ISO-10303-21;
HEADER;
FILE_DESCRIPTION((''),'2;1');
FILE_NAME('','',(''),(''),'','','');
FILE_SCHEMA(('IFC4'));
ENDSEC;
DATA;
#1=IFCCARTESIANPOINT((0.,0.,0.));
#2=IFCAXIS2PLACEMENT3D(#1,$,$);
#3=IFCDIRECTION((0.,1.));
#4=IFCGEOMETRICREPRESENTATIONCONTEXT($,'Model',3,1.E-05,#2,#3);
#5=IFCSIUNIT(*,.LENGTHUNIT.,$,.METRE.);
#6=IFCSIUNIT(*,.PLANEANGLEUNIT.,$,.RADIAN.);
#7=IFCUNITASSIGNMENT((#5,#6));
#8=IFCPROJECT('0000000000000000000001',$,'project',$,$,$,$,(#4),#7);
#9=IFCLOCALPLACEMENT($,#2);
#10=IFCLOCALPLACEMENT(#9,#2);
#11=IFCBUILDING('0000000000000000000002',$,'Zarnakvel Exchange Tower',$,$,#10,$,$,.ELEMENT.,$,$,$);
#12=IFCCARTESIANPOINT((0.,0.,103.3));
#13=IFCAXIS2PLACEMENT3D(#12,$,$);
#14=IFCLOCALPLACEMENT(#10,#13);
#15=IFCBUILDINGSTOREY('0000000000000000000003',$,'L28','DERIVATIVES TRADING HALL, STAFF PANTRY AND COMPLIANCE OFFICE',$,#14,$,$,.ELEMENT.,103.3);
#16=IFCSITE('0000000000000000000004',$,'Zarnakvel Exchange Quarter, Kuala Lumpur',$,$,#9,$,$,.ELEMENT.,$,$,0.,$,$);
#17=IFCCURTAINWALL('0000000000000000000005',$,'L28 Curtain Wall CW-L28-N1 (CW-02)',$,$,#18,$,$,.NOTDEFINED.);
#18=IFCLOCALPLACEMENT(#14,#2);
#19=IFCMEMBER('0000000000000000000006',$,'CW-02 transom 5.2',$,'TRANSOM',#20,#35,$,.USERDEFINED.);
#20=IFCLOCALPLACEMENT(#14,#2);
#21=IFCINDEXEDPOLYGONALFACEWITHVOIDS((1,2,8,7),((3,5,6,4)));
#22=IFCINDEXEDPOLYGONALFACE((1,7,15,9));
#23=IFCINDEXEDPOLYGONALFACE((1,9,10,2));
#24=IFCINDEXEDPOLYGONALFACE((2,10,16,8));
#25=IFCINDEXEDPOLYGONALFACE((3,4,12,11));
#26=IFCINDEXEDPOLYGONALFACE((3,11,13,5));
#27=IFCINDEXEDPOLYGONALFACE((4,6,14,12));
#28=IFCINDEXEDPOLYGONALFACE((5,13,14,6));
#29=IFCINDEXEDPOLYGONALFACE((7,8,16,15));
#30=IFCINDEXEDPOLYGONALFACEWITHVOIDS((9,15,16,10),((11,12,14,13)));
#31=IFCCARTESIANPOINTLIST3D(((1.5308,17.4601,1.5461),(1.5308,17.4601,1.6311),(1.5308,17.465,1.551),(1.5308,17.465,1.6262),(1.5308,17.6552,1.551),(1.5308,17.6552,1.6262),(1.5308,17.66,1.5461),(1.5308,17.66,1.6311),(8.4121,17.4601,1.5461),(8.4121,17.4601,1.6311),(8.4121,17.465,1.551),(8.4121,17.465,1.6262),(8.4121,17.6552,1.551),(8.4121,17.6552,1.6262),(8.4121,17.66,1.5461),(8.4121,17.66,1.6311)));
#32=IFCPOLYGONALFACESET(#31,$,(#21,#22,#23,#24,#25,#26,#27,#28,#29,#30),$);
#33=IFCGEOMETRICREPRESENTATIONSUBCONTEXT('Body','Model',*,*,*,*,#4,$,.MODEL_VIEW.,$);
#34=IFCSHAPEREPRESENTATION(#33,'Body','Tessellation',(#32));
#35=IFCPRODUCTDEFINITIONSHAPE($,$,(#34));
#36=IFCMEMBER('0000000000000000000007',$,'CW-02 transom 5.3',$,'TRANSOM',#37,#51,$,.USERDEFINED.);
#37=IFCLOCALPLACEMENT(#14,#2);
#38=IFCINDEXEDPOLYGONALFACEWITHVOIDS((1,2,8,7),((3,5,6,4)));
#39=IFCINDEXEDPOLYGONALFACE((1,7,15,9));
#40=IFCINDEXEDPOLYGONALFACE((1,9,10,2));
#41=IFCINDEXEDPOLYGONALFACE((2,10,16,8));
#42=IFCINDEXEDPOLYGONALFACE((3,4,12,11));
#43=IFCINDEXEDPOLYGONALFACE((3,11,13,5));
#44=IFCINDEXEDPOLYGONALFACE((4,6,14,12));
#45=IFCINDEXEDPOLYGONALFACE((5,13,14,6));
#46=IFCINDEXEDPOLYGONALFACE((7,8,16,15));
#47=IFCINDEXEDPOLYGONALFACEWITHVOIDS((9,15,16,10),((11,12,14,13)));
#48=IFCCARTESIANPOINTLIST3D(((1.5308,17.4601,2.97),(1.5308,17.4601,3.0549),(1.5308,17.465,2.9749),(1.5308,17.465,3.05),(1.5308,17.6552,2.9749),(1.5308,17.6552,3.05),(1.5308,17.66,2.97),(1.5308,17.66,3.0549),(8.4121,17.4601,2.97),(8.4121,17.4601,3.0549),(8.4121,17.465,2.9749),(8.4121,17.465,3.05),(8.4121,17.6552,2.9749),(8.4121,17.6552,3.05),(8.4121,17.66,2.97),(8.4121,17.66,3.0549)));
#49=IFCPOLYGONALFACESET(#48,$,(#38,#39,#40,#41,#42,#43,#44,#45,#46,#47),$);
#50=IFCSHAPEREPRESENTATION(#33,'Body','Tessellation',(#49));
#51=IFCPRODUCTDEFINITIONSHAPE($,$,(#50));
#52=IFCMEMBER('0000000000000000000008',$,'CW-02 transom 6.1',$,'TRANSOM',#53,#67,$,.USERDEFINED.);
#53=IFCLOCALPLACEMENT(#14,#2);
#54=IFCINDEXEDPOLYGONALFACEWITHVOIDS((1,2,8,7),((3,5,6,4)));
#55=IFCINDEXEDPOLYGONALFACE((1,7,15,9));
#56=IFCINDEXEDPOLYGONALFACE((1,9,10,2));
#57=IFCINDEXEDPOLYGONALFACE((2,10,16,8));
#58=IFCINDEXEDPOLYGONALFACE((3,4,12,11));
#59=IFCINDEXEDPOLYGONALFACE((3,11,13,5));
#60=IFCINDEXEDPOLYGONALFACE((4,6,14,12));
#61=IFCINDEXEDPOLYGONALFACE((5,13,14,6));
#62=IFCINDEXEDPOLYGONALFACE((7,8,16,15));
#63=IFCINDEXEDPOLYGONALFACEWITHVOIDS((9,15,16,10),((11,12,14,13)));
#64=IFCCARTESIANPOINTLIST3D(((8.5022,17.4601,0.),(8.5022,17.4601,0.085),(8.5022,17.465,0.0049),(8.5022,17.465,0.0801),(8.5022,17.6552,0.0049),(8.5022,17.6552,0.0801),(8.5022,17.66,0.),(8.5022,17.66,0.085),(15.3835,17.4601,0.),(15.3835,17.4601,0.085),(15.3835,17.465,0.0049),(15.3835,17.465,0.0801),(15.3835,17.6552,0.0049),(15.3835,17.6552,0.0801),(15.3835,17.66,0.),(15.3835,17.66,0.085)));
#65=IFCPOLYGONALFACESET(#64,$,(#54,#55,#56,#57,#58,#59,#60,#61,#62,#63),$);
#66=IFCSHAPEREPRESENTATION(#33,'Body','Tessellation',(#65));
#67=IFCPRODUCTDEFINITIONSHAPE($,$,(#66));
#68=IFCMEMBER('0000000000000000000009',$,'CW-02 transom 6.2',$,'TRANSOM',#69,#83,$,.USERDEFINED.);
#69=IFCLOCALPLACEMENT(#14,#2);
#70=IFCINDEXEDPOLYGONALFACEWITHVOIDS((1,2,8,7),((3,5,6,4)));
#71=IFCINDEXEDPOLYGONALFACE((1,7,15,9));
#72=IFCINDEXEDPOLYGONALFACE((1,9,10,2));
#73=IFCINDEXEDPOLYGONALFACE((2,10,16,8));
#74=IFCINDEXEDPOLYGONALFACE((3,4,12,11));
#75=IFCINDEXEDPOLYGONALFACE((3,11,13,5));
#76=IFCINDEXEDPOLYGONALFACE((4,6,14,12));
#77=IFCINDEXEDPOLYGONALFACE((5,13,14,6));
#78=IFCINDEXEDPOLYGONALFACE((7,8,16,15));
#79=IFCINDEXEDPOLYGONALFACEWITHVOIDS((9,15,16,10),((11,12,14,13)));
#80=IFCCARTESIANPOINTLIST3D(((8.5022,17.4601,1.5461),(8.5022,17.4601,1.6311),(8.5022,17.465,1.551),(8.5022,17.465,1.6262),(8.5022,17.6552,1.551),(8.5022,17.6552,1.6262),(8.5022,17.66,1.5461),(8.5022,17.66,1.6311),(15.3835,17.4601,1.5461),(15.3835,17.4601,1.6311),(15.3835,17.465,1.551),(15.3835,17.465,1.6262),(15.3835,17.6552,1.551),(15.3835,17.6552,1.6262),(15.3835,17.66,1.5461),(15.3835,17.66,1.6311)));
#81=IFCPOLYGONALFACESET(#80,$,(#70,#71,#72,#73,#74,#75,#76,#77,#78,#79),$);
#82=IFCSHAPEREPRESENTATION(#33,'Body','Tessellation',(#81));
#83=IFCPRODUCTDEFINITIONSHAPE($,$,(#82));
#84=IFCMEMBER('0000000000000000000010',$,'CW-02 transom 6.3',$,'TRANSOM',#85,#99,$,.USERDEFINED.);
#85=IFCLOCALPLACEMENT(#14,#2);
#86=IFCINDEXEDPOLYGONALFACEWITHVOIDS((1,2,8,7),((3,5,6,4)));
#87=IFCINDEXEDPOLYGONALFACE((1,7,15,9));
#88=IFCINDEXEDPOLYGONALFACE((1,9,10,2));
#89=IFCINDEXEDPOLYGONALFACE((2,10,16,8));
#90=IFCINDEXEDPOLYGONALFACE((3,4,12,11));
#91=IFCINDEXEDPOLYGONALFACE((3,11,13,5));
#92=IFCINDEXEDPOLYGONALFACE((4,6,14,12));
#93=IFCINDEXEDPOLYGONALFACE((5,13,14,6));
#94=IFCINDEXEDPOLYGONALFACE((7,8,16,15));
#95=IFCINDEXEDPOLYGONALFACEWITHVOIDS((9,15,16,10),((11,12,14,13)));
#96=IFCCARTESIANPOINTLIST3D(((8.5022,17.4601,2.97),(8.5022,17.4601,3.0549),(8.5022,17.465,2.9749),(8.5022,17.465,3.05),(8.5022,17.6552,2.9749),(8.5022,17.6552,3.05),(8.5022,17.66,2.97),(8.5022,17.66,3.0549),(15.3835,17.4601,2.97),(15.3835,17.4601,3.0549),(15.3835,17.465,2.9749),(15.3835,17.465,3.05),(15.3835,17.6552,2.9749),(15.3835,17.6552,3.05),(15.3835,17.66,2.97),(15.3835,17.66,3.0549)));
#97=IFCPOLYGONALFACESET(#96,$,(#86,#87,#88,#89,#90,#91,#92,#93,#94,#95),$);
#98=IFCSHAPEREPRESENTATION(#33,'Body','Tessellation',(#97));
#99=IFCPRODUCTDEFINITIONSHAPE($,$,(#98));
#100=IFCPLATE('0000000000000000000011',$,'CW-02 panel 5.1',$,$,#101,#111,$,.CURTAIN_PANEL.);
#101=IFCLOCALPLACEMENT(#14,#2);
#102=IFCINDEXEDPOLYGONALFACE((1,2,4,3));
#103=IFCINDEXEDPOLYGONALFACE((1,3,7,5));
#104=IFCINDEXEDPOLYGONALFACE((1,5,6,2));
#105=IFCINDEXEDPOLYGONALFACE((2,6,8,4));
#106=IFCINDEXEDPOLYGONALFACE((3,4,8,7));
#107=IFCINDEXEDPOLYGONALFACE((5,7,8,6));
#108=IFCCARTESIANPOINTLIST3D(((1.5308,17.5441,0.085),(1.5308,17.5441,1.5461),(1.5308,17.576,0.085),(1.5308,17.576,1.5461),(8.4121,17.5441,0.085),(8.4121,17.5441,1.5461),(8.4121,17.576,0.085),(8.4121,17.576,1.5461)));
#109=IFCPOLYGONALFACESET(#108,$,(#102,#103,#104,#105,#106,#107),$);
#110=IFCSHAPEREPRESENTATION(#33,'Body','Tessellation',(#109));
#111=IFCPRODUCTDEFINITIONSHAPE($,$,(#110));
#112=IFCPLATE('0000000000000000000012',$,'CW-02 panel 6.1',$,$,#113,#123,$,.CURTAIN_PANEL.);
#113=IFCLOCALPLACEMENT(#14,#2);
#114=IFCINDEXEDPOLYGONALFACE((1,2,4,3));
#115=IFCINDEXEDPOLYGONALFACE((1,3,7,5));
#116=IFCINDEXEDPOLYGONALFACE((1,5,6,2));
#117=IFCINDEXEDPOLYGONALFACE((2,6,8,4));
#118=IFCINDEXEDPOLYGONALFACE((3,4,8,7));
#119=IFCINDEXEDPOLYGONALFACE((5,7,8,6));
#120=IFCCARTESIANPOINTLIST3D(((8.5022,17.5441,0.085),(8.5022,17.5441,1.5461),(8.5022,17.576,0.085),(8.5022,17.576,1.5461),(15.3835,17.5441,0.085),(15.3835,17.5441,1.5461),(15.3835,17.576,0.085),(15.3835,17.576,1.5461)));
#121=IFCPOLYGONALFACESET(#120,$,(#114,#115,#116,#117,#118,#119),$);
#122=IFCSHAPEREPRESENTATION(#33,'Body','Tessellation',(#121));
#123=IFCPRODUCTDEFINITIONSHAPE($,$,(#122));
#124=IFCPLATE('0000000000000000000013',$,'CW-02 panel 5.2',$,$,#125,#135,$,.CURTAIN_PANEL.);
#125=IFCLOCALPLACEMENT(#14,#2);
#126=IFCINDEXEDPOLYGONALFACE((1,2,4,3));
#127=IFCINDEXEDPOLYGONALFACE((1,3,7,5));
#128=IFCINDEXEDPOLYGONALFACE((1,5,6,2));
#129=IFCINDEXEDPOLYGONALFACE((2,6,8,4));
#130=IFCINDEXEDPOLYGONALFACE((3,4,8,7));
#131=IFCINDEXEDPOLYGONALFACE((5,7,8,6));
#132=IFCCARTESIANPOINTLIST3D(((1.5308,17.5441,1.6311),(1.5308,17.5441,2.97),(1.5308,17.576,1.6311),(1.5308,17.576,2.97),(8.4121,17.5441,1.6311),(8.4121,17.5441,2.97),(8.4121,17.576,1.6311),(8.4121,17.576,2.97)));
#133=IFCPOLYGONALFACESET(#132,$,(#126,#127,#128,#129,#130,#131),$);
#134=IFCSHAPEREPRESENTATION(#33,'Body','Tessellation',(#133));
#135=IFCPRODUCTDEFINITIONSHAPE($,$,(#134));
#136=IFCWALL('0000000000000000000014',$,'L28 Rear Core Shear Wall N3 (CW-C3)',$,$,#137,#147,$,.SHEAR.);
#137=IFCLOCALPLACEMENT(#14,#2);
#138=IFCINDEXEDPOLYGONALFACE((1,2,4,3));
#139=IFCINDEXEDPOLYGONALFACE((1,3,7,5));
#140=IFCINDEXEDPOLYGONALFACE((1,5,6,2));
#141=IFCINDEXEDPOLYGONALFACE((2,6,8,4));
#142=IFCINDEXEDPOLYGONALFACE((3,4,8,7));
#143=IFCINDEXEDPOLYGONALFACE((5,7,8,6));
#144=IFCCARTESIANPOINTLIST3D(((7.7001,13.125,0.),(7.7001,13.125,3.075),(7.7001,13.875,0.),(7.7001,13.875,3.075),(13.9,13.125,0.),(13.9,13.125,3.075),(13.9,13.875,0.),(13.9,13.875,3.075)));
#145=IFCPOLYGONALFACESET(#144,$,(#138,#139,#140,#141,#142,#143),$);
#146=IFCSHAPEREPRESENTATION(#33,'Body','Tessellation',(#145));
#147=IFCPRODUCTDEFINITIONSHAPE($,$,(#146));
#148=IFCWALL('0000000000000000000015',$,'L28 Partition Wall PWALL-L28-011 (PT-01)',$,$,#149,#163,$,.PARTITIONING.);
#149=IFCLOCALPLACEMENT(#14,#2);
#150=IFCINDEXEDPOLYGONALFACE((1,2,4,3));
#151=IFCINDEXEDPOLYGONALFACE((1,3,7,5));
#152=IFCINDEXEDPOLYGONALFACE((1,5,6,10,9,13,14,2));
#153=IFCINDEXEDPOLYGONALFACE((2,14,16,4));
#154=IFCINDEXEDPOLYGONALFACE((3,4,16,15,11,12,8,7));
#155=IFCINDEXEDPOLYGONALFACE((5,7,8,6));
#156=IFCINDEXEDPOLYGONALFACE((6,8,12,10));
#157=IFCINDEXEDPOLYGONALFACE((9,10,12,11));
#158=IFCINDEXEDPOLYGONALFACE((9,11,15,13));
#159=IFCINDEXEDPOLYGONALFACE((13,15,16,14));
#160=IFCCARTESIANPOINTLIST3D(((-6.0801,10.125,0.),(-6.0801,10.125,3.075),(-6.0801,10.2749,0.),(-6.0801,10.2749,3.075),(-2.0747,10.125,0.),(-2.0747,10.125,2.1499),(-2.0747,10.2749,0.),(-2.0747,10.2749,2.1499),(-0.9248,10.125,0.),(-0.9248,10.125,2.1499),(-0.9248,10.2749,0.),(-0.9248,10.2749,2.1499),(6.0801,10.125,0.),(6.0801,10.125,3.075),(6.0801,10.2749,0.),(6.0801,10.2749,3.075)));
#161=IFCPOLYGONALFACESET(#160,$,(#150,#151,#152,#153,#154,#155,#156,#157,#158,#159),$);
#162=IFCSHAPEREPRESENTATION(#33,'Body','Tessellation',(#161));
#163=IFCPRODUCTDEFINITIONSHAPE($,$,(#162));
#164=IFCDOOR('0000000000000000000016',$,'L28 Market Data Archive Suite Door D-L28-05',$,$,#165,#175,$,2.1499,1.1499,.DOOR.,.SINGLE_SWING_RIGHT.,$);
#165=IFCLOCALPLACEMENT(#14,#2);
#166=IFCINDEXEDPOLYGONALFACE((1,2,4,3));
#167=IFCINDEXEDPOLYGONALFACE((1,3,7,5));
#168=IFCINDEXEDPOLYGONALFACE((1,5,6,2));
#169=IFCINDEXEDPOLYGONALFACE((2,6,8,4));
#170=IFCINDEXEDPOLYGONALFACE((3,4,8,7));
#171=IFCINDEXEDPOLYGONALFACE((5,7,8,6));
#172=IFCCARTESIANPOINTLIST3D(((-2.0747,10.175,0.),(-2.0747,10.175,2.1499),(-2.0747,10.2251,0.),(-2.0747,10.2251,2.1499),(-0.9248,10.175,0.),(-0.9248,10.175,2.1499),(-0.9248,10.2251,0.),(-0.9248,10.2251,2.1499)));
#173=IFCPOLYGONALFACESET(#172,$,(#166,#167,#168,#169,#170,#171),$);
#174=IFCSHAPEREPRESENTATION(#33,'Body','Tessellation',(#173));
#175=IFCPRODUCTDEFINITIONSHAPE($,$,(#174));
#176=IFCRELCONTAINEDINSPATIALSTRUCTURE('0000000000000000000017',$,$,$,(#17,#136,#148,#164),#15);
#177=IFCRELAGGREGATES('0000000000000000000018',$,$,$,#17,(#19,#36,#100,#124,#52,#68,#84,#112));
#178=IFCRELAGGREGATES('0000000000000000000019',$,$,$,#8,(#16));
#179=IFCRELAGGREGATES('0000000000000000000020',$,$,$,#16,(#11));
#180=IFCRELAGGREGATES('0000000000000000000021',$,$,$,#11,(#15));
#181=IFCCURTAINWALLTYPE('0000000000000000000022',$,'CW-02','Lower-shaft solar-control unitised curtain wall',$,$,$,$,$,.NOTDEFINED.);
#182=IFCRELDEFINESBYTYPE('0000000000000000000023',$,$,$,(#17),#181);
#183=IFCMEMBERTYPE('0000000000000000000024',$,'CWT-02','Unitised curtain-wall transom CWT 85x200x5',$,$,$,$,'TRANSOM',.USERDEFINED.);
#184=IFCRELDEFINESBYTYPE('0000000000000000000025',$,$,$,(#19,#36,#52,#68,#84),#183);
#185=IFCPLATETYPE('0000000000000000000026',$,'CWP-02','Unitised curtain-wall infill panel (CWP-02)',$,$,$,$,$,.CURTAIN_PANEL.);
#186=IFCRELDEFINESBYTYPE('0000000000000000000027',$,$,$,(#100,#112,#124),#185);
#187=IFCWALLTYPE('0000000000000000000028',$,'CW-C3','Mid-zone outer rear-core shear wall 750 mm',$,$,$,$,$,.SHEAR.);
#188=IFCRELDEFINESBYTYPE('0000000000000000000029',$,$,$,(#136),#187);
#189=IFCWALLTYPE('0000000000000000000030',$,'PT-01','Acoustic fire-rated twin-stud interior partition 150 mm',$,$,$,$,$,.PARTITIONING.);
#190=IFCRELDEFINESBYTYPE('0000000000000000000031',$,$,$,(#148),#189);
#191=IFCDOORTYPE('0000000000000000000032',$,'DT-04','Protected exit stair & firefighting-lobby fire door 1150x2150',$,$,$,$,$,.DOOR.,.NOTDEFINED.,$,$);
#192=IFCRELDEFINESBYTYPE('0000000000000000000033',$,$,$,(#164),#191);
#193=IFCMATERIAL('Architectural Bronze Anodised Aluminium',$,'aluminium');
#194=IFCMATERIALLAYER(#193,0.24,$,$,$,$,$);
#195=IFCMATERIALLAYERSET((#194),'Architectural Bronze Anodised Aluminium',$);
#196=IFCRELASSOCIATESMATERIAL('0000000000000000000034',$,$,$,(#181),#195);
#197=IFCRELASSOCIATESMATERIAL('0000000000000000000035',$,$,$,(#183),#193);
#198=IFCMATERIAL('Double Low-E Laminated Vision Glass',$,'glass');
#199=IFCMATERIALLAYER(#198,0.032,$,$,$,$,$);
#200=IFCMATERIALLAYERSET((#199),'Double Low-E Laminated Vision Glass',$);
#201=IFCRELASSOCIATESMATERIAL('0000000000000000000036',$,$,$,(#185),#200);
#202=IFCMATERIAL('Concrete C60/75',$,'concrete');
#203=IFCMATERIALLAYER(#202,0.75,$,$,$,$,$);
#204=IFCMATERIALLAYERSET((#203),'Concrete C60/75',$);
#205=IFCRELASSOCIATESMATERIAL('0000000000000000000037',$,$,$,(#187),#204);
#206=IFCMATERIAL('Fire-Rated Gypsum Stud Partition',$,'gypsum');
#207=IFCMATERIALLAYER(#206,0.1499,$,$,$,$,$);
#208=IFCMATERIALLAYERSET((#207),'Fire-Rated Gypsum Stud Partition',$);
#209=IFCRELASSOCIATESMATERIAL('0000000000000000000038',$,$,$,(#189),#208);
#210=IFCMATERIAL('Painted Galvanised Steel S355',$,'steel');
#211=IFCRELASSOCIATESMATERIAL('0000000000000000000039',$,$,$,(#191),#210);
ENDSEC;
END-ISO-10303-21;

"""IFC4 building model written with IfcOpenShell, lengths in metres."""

from ifc_helpers import new_model, si_unit, direction, frame, frame_2d, origin, origin_2d, place, context, subcontext, project, spatial, rectangle, hollow_rectangle, extrude, source, transform, mapped, material, layer, layer_set, material_profile, profile_set, type_object, element, fill, aggregate, save


model = new_model("IFC4")

# Units and contexts
model_context = context("Model", 3, precision=1e-05, world=origin(), true_north=direction((0.0, 1.0)))
body_context = subcontext(model_context, "Body", "Model", "MODEL_VIEW")
ifc_project = project(units=[si_unit("LENGTHUNIT", "METRE"), si_unit("PLANEANGLEUNIT", "RADIAN")], contexts=[model_context])

# Site, building, storey
site_placement = place(None, origin())
site = spatial("IfcSite", under=ifc_project, at=site_placement, Name="Zarnakvel Exchange Quarter, Kuala Lumpur", CompositionType="ELEMENT", RefElevation=0.0)
building_placement = place(site_placement, origin())
building = spatial("IfcBuilding", under=site, at=building_placement, Name="Zarnakvel Exchange Tower", CompositionType="ELEMENT")
storey_placement = place(building_placement, frame((0.0, 0.0, 103.3)))
storey = spatial("IfcBuildingStorey", under=building, at=storey_placement, Name="L28", Description="DERIVATIVES TRADING HALL, STAFF PANTRY AND COMPLIANCE OFFICE", CompositionType="ELEMENT", Elevation=103.3)

# Shared definitions
ifc_material_1 = material(Name="Concrete C60/75", Category="concrete")

# Curtain wall, members, plates
ifc_material_2 = material(Name="Architectural Bronze Anodised Aluminium", Category="aluminium")
ifc_layer_1 = layer(ifc_material_2, 0.24)
ifc_layer_set_1 = layer_set([ifc_layer_1], Name="Architectural Bronze Anodised Aluminium")
curtain_wall_type = type_object("IfcCurtainWallType", Name="CW-02", Description="Lower-shaft solar-control unitised curtain wall", PredefinedType="NOTDEFINED", material=ifc_layer_set_1)
curtain_wall_placement = place(storey_placement, origin())
curtain_wall = element("IfcCurtainWall", 1, at=curtain_wall_placement, inside=storey, type_object=curtain_wall_type, Name="L28 Curtain Wall CW-L28-N1 (CW-02)", PredefinedType="NOTDEFINED")
ifc_material_profile_1 = material_profile(ifc_material_2, hollow_rectangle(XDim=0.2, YDim=0.085, WallThickness=0.0049, at=origin_2d()))
ifc_profile_set_1 = profile_set([ifc_material_profile_1], Name="Architectural Bronze Anodised Aluminium")
member_type_1 = type_object("IfcMemberType", Name="CWT-02", Description="Unitised curtain-wall transom CWT 85x200x5", ElementType="TRANSOM", PredefinedType="USERDEFINED", material=ifc_profile_set_1)
shared_shape_1 = source(origin(), body_context, "Body", "SweptSolid", [
    extrude(hollow_rectangle(XDim=0.2, YDim=0.085, WallThickness=0.0049, at=origin_2d()), origin(), (0.0, 0.0, 1.0), 6.8813),
])
member_1_placement = place(storey_placement, frame((1.5308, 17.5601, 1.5886), z_axis=(1.0, 0.0, 0.0), x_axis=(0.0, 1.0, 0.0)))
member_1 = element("IfcMember", 2, at=member_1_placement, type_object=member_type_1, Name="CW-02 transom 5.2", ObjectType="TRANSOM", PredefinedType="USERDEFINED", context=body_context, shape_type="MappedRepresentation", body=[
    mapped(shared_shape_1, transform((0.0, 0.0, 0.0), x_axis=(1.0, 0.0, 0.0), y_axis=(0.0, 1.0, 0.0), z_axis=(0.0, 0.0, 1.0), scale=1.0)),
])
member_2_placement = place(storey_placement, frame((1.5308, 17.5601, 3.0125), z_axis=(1.0, 0.0, 0.0), x_axis=(0.0, 1.0, 0.0)))
member_2 = element("IfcMember", 3, at=member_2_placement, type_object=member_type_1, Name="CW-02 transom 5.3", ObjectType="TRANSOM", PredefinedType="USERDEFINED", context=body_context, shape_type="MappedRepresentation", body=[
    mapped(shared_shape_1, transform((0.0, 0.0, 0.0), x_axis=(1.0, 0.0, 0.0), y_axis=(0.0, 1.0, 0.0), z_axis=(0.0, 0.0, 1.0), scale=1.0)),
])
member_3_placement = place(storey_placement, frame((8.5022, 17.5601, 0.0425), z_axis=(1.0, 0.0, 0.0), x_axis=(0.0, 1.0, 0.0)))
member_3 = element("IfcMember", 4, at=member_3_placement, type_object=member_type_1, Name="CW-02 transom 6.1", ObjectType="TRANSOM", PredefinedType="USERDEFINED", context=body_context, shape_type="MappedRepresentation", body=[
    mapped(shared_shape_1, transform((0.0, 0.0, 0.0), x_axis=(1.0, 0.0, 0.0), y_axis=(0.0, 1.0, 0.0), z_axis=(0.0, 0.0, 1.0), scale=1.0)),
])
member_4_placement = place(storey_placement, frame((8.5022, 17.5601, 1.5886), z_axis=(1.0, 0.0, 0.0), x_axis=(0.0, 1.0, 0.0)))
member_4 = element("IfcMember", 5, at=member_4_placement, type_object=member_type_1, Name="CW-02 transom 6.2", ObjectType="TRANSOM", PredefinedType="USERDEFINED", context=body_context, shape_type="MappedRepresentation", body=[
    mapped(shared_shape_1, transform((0.0, 0.0, 0.0), x_axis=(1.0, 0.0, 0.0), y_axis=(0.0, 1.0, 0.0), z_axis=(0.0, 0.0, 1.0), scale=1.0)),
])
member_5_placement = place(storey_placement, frame((8.5022, 17.5601, 3.0125), z_axis=(1.0, 0.0, 0.0), x_axis=(0.0, 1.0, 0.0)))
member_5 = element("IfcMember", 6, at=member_5_placement, type_object=member_type_1, Name="CW-02 transom 6.3", ObjectType="TRANSOM", PredefinedType="USERDEFINED", context=body_context, shape_type="MappedRepresentation", body=[
    mapped(shared_shape_1, transform((0.0, 0.0, 0.0), x_axis=(1.0, 0.0, 0.0), y_axis=(0.0, 1.0, 0.0), z_axis=(0.0, 0.0, 1.0), scale=1.0)),
])
ifc_material_3 = material(Name="Double Low-E Laminated Vision Glass", Category="glass")
ifc_layer_2 = layer(ifc_material_3, 0.032)
ifc_layer_set_2 = layer_set([ifc_layer_2], Name="Double Low-E Laminated Vision Glass")
plate_type = type_object("IfcPlateType", Name="CWP-02", Description="Unitised curtain-wall infill panel (CWP-02)", PredefinedType="CURTAIN_PANEL", material=ifc_layer_set_2)
shared_shape_2 = source(origin(), body_context, "Body", "SweptSolid", [
    extrude(rectangle(XDim=6.8813, YDim=0.032, at=origin_2d()), origin(), (0.0, 0.0, 1.0), 1.4612),
])
plate_1_placement = place(storey_placement, frame((4.9714, 17.5601, 0.085), z_axis=(0.0, 0.0, 1.0), x_axis=(1.0, 0.0, 0.0)))
plate_1 = element("IfcPlate", 7, at=plate_1_placement, type_object=plate_type, Name="CW-02 panel 5.1", PredefinedType="CURTAIN_PANEL", context=body_context, shape_type="MappedRepresentation", body=[
    mapped(shared_shape_2, transform((0.0, 0.0, 0.0), x_axis=(1.0, 0.0, 0.0), y_axis=(0.0, 1.0, 0.0), z_axis=(0.0, 0.0, 1.0), scale=1.0)),
])
plate_2_placement = place(storey_placement, frame((11.9429, 17.5601, 0.085), z_axis=(0.0, 0.0, 1.0), x_axis=(1.0, 0.0, 0.0)))
plate_2 = element("IfcPlate", 8, at=plate_2_placement, type_object=plate_type, Name="CW-02 panel 6.1", PredefinedType="CURTAIN_PANEL", context=body_context, shape_type="MappedRepresentation", body=[
    mapped(shared_shape_2, transform((0.0, 0.0, 0.0), x_axis=(1.0, 0.0, 0.0), y_axis=(0.0, 1.0, 0.0), z_axis=(0.0, 0.0, 1.0), scale=1.0)),
])
shared_shape_3 = source(origin(), body_context, "Body", "SweptSolid", [
    extrude(rectangle(XDim=6.8813, YDim=0.032, at=origin_2d()), origin(), (0.0, 0.0, 1.0), 1.3389),
])
plate_3_placement = place(storey_placement, frame((4.9714, 17.5601, 1.6311), z_axis=(0.0, 0.0, 1.0), x_axis=(1.0, 0.0, 0.0)))
plate_3 = element("IfcPlate", 9, at=plate_3_placement, type_object=plate_type, Name="CW-02 panel 5.2", PredefinedType="CURTAIN_PANEL", context=body_context, shape_type="MappedRepresentation", body=[
    mapped(shared_shape_3, transform((0.0, 0.0, 0.0), x_axis=(1.0, 0.0, 0.0), y_axis=(0.0, 1.0, 0.0), z_axis=(0.0, 0.0, 1.0), scale=1.0)),
])
aggregate(curtain_wall, [member_1, member_2, plate_1, plate_3, member_3, member_4, member_5, plate_2])

# Wall
ifc_layer_3 = layer(ifc_material_1, 0.75)
ifc_layer_set_3 = layer_set([ifc_layer_3], Name="Concrete C60/75")
wall_type_1 = type_object("IfcWallType", Name="CW-C3", Description="Mid-zone outer rear-core shear wall 750 mm", PredefinedType="SHEAR", material=ifc_layer_set_3)
wall_1_placement = place(storey_placement, frame((7.7, 13.5, 0.0), z_axis=(0.0, 0.0, 1.0), x_axis=(1.0, 0.0, 0.0)))
element("IfcWall", 10, at=wall_1_placement, inside=storey, type_object=wall_type_1, Name="L28 Rear Core Shear Wall N3 (CW-C3)", PredefinedType="SHEAR", context=body_context, shape_type="SweptSolid", body=[
    extrude(rectangle(XDim=6.2, YDim=0.75, at=frame_2d((3.1001, 0.0))), origin(), (0.0, 0.0, 1.0), 3.075),
])

# Wall, opening, door
ifc_material_4 = material(Name="Fire-Rated Gypsum Stud Partition", Category="gypsum")
ifc_layer_4 = layer(ifc_material_4, 0.1499)
ifc_layer_set_4 = layer_set([ifc_layer_4], Name="Fire-Rated Gypsum Stud Partition")
wall_type_2 = type_object("IfcWallType", Name="PT-01", Description="Acoustic fire-rated twin-stud interior partition 150 mm", PredefinedType="PARTITIONING", material=ifc_layer_set_4)
wall_2_placement = place(storey_placement, frame((6.0801, 10.2, 0.0), z_axis=(0.0, 0.0, 1.0), x_axis=(-1.0, 0.0, 0.0)))
wall_2 = element("IfcWall", 11, at=wall_2_placement, inside=storey, type_object=wall_type_2, Name="L28 Partition Wall PWALL-L28-011 (PT-01)", PredefinedType="PARTITIONING", context=body_context, shape_type="SweptSolid", body=[
    extrude(rectangle(XDim=12.1602, YDim=0.1499, at=frame_2d((6.0801, 0.0))), origin(), (0.0, 0.0, 1.0), 3.075),
])
opening_placement = place(wall_2_placement, frame((7.0049, 0.0, 0.0)))
opening = element("IfcOpeningElement", 12, at=opening_placement, cuts=wall_2, PredefinedType="OPENING", context=body_context, shape_type="SweptSolid", body=[
    extrude(rectangle(XDim=1.1499, YDim=2.1499, at=frame_2d((0.575, 1.075))), frame((0.0, 0.085, 0.0), z_axis=(0.0, -1.0, 0.0), x_axis=(1.0, 0.0, 0.0)), (0.0, 0.0, 1.0), 0.1699),
])
ifc_material_5 = material(Name="Painted Galvanised Steel S355", Category="steel")
door_type = type_object("IfcDoorType", Name="DT-04", Description="Protected exit stair & firefighting-lobby fire door 1150x2150", OperationType="NOTDEFINED", PredefinedType="DOOR", material=ifc_material_5)
shared_shape_4 = source(origin(), body_context, "Body", "SweptSolid", [
    extrude(rectangle(XDim=1.1499, YDim=2.1499, at=frame_2d((0.575, 1.075))), frame((0.0, 0.0249, 0.0), z_axis=(0.0, -1.0, 0.0), x_axis=(1.0, 0.0, 0.0)), (0.0, 0.0, 1.0), 0.05),
])
door_placement = place(opening_placement, origin())
door = element("IfcDoor", 13, at=door_placement, inside=storey, type_object=door_type, Name="L28 Market Data Archive Suite Door D-L28-05", OperationType="SINGLE_SWING_RIGHT", OverallHeight=2.1499, OverallWidth=1.1499, PredefinedType="DOOR", context=body_context, shape_type="MappedRepresentation", body=[
    mapped(shared_shape_4, transform((0.0, 0.0, 0.0), x_axis=(1.0, 0.0, 0.0), y_axis=(0.0, 1.0, 0.0), z_axis=(0.0, 0.0, 1.0), scale=1.0)),
])
fill(opening, door)

save(model, "model.ifc")
